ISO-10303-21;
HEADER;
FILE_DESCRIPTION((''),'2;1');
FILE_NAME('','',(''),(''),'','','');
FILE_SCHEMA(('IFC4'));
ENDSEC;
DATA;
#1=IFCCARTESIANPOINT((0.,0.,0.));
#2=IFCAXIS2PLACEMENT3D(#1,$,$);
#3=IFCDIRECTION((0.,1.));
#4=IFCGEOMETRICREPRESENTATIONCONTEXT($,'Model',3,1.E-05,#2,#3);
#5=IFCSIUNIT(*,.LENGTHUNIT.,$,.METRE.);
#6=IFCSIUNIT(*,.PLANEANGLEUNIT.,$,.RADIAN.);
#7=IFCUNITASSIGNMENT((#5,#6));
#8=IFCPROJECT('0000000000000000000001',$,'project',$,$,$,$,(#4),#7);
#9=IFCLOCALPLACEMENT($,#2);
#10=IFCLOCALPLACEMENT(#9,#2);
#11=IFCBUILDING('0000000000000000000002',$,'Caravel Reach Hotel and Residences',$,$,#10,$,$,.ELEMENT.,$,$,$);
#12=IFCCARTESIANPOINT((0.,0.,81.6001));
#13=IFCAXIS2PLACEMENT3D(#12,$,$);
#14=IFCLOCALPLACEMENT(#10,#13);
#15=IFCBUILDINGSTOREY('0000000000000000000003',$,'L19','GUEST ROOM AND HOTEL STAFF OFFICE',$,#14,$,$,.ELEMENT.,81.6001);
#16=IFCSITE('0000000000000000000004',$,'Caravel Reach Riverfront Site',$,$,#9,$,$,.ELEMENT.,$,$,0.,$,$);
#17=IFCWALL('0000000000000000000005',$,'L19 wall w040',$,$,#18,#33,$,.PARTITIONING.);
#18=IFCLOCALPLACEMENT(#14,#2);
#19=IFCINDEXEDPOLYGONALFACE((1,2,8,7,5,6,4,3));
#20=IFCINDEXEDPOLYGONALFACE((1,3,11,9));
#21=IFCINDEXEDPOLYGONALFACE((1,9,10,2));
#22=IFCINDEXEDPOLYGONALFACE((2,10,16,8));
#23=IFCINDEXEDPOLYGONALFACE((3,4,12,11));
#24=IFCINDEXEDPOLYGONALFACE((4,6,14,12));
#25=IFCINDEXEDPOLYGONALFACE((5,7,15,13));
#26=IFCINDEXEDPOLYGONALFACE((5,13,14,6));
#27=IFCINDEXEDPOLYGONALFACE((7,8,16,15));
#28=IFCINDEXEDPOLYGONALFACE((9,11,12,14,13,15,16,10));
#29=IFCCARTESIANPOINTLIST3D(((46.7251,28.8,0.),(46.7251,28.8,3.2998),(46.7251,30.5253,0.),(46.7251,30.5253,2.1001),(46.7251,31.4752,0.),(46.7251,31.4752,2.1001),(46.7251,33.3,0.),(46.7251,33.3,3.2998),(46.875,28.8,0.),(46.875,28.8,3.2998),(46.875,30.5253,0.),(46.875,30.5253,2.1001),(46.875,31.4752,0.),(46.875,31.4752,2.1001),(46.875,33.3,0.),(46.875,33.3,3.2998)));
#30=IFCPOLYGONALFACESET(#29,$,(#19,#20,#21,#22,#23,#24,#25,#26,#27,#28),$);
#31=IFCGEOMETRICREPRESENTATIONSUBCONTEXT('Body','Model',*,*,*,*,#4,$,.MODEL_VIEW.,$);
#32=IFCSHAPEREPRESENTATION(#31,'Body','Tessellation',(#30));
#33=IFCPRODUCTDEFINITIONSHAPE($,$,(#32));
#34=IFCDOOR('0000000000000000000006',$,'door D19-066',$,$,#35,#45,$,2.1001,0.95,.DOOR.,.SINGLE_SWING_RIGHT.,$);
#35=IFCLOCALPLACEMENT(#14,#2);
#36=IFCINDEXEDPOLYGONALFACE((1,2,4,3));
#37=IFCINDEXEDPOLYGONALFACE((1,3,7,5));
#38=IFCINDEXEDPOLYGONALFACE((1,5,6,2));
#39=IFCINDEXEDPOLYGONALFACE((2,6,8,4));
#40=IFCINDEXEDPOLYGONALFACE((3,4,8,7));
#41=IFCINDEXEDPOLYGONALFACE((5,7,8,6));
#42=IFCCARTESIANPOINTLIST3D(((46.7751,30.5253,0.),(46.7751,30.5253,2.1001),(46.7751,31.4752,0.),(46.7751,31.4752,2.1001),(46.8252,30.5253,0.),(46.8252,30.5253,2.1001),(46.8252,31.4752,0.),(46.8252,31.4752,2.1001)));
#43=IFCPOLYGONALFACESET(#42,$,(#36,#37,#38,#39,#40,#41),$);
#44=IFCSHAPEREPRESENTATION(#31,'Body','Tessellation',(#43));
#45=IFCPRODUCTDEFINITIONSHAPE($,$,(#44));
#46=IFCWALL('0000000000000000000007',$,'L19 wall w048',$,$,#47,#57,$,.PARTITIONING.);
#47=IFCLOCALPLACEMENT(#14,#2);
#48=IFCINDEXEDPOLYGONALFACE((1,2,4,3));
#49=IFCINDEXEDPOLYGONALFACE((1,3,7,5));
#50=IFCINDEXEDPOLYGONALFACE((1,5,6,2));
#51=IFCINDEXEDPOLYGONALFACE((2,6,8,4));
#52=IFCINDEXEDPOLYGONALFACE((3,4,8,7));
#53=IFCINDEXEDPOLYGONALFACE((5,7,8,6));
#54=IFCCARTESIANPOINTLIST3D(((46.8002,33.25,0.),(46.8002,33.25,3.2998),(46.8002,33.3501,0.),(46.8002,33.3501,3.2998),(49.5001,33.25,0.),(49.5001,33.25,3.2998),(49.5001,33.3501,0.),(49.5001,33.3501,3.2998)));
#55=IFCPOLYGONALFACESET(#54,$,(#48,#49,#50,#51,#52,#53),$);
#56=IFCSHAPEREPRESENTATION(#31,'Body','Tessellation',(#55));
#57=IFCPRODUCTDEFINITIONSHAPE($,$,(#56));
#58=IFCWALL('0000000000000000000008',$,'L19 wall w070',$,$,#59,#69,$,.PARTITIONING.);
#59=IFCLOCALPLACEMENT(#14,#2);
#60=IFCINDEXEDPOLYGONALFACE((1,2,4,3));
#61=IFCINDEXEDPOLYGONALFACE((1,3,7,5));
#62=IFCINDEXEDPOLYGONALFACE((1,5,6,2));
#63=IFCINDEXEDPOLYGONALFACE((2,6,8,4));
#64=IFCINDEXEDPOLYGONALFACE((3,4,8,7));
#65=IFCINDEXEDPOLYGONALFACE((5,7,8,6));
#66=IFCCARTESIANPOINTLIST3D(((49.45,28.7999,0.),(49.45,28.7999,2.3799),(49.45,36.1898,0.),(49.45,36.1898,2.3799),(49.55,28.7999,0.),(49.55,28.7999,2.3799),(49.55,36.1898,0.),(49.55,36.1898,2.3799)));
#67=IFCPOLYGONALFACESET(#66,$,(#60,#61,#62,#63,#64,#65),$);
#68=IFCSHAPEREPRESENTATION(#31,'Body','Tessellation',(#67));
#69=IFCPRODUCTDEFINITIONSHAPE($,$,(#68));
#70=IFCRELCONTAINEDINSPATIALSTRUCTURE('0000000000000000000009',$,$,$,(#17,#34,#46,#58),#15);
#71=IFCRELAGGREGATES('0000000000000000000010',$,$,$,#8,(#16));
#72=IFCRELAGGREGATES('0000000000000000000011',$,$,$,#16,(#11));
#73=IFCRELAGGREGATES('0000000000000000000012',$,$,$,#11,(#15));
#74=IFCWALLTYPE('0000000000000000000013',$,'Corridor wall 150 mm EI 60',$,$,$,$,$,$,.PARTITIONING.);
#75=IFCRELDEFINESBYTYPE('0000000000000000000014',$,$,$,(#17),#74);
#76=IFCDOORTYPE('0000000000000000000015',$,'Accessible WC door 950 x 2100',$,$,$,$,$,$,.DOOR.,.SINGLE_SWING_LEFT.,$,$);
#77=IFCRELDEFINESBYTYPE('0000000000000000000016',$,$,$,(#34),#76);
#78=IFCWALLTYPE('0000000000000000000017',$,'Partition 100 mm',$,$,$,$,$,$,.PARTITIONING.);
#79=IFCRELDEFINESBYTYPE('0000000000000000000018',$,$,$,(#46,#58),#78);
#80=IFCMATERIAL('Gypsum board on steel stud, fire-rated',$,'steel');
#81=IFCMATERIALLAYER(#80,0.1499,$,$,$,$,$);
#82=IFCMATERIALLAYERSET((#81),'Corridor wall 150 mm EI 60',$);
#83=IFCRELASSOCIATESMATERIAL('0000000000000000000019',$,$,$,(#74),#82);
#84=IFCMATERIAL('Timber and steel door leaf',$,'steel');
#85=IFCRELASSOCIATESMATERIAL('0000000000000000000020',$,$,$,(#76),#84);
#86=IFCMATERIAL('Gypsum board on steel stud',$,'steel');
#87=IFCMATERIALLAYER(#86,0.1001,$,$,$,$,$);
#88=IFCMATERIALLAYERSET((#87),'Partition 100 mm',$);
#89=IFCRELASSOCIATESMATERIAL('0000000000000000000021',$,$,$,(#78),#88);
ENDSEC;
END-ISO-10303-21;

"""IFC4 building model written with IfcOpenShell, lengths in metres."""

from ifc_helpers import new_model, si_unit, direction, frame, frame_2d, origin, place, context, subcontext, project, spatial, rectangle, extrude, material, layer, layer_set, type_object, element, fill, save


model = new_model("IFC4")

# Units and contexts
model_context = context("Model", 3, precision=1e-05, world=origin(), true_north=direction((0.0, 1.0)))
body_context = subcontext(model_context, "Body", "Model", "MODEL_VIEW")
ifc_project = project(units=[si_unit("LENGTHUNIT", "METRE"), si_unit("PLANEANGLEUNIT", "RADIAN")], contexts=[model_context])

# Site, building, storey
site_placement = place(None, origin())
site = spatial("IfcSite", under=ifc_project, at=site_placement, Name="Caravel Reach Riverfront Site", CompositionType="ELEMENT", RefElevation=0.0)
building_placement = place(site_placement, origin())
building = spatial("IfcBuilding", under=site, at=building_placement, Name="Caravel Reach Hotel and Residences", CompositionType="ELEMENT")
storey_placement = place(building_placement, frame((0.0, 0.0, 81.6001)))
storey = spatial("IfcBuildingStorey", under=building, at=storey_placement, Name="L19", Description="GUEST ROOM AND HOTEL STAFF OFFICE", CompositionType="ELEMENT", Elevation=81.6001)

# Shared definitions
ifc_material_1 = material(Name="Gypsum board on steel stud, fire-rated", Category="steel")
ifc_layer_1 = layer(ifc_material_1, 0.1499)
ifc_layer_set_1 = layer_set([ifc_layer_1], Name="Corridor wall 150 mm EI 60")
wall_type_1 = type_object("IfcWallType", Name="Corridor wall 150 mm EI 60", PredefinedType="PARTITIONING", material=ifc_layer_set_1)

# Wall, opening, door
wall_1_placement = place(storey_placement, frame((46.8, 28.8, 0.0), z_axis=(0.0, 0.0, 1.0), x_axis=(0.0, 1.0, 0.0)))
wall_1 = element("IfcWall", 1, at=wall_1_placement, inside=storey, type_object=wall_type_1, Name="L19 wall w040", PredefinedType="PARTITIONING", context=body_context, shape_type="SweptSolid", body=[
    extrude(rectangle(XDim=4.5, YDim=0.1499, at=frame_2d((2.25, 0.0))), origin(), (0.0, 0.0, 1.0), 3.2998),
])
opening_1_placement = place(wall_1_placement, frame((1.7251, 0.0, 0.0)))
opening_1 = element("IfcOpeningElement", 2, at=opening_1_placement, cuts=wall_1, PredefinedType="OPENING", context=body_context, shape_type="SweptSolid", body=[
    extrude(rectangle(XDim=0.95, YDim=2.1001, at=frame_2d((0.4751, 1.05))), frame((0.0, 0.085, 0.0), z_axis=(0.0, -1.0, 0.0), x_axis=(1.0, 0.0, 0.0)), (0.0, 0.0, 1.0), 0.1699),
])
ifc_material_2 = material(Name="Timber and steel door leaf", Category="steel")
door_type_1 = type_object("IfcDoorType", Name="Accessible WC door 950 x 2100", OperationType="SINGLE_SWING_LEFT", PredefinedType="DOOR", material=ifc_material_2)
door_1_placement = place(opening_1_placement, origin())
door_1 = element("IfcDoor", 3, at=door_1_placement, inside=storey, type_object=door_type_1, Name="door D19-066", OperationType="SINGLE_SWING_RIGHT", OverallHeight=2.1001, OverallWidth=0.95, PredefinedType="DOOR", context=body_context, shape_type="SweptSolid", body=[
    extrude(rectangle(XDim=0.95, YDim=2.1001, at=frame_2d((0.4751, 1.05))), frame((0.0, 0.0249, 0.0), z_axis=(0.0, -1.0, 0.0), x_axis=(1.0, 0.0, 0.0)), (0.0, 0.0, 1.0), 0.05),
])
fill(opening_1, door_1)

# Walls
ifc_material_3 = material(Name="Gypsum board on steel stud", Category="steel")
ifc_layer_2 = layer(ifc_material_3, 0.1001)
ifc_layer_set_2 = layer_set([ifc_layer_2], Name="Partition 100 mm")
wall_type_2 = type_object("IfcWallType", Name="Partition 100 mm", PredefinedType="PARTITIONING", material=ifc_layer_set_2)
wall_2_placement = place(storey_placement, frame((46.8, 33.3, 0.0), z_axis=(0.0, 0.0, 1.0), x_axis=(1.0, 0.0, 0.0)))
element("IfcWall", 4, at=wall_2_placement, inside=storey, type_object=wall_type_2, Name="L19 wall w048", PredefinedType="PARTITIONING", context=body_context, shape_type="SweptSolid", body=[
    extrude(rectangle(XDim=2.7, YDim=0.1001, at=frame_2d((1.3501, 0.0))), origin(), (0.0, 0.0, 1.0), 3.2998),
])
wall_3_placement = place(storey_placement, frame((49.5, 28.8, 0.0), z_axis=(0.0, 0.0, 1.0), x_axis=(0.0, 1.0, 0.0)))
element("IfcWall", 5, at=wall_3_placement, inside=storey, type_object=wall_type_2, Name="L19 wall w070", PredefinedType="PARTITIONING", context=body_context, shape_type="SweptSolid", body=[
    extrude(rectangle(XDim=7.3899, YDim=0.1001, at=frame_2d((3.6948, 0.0))), origin(), (0.0, 0.0, 1.0), 2.3799),
])

save(model, "model.ifc")
